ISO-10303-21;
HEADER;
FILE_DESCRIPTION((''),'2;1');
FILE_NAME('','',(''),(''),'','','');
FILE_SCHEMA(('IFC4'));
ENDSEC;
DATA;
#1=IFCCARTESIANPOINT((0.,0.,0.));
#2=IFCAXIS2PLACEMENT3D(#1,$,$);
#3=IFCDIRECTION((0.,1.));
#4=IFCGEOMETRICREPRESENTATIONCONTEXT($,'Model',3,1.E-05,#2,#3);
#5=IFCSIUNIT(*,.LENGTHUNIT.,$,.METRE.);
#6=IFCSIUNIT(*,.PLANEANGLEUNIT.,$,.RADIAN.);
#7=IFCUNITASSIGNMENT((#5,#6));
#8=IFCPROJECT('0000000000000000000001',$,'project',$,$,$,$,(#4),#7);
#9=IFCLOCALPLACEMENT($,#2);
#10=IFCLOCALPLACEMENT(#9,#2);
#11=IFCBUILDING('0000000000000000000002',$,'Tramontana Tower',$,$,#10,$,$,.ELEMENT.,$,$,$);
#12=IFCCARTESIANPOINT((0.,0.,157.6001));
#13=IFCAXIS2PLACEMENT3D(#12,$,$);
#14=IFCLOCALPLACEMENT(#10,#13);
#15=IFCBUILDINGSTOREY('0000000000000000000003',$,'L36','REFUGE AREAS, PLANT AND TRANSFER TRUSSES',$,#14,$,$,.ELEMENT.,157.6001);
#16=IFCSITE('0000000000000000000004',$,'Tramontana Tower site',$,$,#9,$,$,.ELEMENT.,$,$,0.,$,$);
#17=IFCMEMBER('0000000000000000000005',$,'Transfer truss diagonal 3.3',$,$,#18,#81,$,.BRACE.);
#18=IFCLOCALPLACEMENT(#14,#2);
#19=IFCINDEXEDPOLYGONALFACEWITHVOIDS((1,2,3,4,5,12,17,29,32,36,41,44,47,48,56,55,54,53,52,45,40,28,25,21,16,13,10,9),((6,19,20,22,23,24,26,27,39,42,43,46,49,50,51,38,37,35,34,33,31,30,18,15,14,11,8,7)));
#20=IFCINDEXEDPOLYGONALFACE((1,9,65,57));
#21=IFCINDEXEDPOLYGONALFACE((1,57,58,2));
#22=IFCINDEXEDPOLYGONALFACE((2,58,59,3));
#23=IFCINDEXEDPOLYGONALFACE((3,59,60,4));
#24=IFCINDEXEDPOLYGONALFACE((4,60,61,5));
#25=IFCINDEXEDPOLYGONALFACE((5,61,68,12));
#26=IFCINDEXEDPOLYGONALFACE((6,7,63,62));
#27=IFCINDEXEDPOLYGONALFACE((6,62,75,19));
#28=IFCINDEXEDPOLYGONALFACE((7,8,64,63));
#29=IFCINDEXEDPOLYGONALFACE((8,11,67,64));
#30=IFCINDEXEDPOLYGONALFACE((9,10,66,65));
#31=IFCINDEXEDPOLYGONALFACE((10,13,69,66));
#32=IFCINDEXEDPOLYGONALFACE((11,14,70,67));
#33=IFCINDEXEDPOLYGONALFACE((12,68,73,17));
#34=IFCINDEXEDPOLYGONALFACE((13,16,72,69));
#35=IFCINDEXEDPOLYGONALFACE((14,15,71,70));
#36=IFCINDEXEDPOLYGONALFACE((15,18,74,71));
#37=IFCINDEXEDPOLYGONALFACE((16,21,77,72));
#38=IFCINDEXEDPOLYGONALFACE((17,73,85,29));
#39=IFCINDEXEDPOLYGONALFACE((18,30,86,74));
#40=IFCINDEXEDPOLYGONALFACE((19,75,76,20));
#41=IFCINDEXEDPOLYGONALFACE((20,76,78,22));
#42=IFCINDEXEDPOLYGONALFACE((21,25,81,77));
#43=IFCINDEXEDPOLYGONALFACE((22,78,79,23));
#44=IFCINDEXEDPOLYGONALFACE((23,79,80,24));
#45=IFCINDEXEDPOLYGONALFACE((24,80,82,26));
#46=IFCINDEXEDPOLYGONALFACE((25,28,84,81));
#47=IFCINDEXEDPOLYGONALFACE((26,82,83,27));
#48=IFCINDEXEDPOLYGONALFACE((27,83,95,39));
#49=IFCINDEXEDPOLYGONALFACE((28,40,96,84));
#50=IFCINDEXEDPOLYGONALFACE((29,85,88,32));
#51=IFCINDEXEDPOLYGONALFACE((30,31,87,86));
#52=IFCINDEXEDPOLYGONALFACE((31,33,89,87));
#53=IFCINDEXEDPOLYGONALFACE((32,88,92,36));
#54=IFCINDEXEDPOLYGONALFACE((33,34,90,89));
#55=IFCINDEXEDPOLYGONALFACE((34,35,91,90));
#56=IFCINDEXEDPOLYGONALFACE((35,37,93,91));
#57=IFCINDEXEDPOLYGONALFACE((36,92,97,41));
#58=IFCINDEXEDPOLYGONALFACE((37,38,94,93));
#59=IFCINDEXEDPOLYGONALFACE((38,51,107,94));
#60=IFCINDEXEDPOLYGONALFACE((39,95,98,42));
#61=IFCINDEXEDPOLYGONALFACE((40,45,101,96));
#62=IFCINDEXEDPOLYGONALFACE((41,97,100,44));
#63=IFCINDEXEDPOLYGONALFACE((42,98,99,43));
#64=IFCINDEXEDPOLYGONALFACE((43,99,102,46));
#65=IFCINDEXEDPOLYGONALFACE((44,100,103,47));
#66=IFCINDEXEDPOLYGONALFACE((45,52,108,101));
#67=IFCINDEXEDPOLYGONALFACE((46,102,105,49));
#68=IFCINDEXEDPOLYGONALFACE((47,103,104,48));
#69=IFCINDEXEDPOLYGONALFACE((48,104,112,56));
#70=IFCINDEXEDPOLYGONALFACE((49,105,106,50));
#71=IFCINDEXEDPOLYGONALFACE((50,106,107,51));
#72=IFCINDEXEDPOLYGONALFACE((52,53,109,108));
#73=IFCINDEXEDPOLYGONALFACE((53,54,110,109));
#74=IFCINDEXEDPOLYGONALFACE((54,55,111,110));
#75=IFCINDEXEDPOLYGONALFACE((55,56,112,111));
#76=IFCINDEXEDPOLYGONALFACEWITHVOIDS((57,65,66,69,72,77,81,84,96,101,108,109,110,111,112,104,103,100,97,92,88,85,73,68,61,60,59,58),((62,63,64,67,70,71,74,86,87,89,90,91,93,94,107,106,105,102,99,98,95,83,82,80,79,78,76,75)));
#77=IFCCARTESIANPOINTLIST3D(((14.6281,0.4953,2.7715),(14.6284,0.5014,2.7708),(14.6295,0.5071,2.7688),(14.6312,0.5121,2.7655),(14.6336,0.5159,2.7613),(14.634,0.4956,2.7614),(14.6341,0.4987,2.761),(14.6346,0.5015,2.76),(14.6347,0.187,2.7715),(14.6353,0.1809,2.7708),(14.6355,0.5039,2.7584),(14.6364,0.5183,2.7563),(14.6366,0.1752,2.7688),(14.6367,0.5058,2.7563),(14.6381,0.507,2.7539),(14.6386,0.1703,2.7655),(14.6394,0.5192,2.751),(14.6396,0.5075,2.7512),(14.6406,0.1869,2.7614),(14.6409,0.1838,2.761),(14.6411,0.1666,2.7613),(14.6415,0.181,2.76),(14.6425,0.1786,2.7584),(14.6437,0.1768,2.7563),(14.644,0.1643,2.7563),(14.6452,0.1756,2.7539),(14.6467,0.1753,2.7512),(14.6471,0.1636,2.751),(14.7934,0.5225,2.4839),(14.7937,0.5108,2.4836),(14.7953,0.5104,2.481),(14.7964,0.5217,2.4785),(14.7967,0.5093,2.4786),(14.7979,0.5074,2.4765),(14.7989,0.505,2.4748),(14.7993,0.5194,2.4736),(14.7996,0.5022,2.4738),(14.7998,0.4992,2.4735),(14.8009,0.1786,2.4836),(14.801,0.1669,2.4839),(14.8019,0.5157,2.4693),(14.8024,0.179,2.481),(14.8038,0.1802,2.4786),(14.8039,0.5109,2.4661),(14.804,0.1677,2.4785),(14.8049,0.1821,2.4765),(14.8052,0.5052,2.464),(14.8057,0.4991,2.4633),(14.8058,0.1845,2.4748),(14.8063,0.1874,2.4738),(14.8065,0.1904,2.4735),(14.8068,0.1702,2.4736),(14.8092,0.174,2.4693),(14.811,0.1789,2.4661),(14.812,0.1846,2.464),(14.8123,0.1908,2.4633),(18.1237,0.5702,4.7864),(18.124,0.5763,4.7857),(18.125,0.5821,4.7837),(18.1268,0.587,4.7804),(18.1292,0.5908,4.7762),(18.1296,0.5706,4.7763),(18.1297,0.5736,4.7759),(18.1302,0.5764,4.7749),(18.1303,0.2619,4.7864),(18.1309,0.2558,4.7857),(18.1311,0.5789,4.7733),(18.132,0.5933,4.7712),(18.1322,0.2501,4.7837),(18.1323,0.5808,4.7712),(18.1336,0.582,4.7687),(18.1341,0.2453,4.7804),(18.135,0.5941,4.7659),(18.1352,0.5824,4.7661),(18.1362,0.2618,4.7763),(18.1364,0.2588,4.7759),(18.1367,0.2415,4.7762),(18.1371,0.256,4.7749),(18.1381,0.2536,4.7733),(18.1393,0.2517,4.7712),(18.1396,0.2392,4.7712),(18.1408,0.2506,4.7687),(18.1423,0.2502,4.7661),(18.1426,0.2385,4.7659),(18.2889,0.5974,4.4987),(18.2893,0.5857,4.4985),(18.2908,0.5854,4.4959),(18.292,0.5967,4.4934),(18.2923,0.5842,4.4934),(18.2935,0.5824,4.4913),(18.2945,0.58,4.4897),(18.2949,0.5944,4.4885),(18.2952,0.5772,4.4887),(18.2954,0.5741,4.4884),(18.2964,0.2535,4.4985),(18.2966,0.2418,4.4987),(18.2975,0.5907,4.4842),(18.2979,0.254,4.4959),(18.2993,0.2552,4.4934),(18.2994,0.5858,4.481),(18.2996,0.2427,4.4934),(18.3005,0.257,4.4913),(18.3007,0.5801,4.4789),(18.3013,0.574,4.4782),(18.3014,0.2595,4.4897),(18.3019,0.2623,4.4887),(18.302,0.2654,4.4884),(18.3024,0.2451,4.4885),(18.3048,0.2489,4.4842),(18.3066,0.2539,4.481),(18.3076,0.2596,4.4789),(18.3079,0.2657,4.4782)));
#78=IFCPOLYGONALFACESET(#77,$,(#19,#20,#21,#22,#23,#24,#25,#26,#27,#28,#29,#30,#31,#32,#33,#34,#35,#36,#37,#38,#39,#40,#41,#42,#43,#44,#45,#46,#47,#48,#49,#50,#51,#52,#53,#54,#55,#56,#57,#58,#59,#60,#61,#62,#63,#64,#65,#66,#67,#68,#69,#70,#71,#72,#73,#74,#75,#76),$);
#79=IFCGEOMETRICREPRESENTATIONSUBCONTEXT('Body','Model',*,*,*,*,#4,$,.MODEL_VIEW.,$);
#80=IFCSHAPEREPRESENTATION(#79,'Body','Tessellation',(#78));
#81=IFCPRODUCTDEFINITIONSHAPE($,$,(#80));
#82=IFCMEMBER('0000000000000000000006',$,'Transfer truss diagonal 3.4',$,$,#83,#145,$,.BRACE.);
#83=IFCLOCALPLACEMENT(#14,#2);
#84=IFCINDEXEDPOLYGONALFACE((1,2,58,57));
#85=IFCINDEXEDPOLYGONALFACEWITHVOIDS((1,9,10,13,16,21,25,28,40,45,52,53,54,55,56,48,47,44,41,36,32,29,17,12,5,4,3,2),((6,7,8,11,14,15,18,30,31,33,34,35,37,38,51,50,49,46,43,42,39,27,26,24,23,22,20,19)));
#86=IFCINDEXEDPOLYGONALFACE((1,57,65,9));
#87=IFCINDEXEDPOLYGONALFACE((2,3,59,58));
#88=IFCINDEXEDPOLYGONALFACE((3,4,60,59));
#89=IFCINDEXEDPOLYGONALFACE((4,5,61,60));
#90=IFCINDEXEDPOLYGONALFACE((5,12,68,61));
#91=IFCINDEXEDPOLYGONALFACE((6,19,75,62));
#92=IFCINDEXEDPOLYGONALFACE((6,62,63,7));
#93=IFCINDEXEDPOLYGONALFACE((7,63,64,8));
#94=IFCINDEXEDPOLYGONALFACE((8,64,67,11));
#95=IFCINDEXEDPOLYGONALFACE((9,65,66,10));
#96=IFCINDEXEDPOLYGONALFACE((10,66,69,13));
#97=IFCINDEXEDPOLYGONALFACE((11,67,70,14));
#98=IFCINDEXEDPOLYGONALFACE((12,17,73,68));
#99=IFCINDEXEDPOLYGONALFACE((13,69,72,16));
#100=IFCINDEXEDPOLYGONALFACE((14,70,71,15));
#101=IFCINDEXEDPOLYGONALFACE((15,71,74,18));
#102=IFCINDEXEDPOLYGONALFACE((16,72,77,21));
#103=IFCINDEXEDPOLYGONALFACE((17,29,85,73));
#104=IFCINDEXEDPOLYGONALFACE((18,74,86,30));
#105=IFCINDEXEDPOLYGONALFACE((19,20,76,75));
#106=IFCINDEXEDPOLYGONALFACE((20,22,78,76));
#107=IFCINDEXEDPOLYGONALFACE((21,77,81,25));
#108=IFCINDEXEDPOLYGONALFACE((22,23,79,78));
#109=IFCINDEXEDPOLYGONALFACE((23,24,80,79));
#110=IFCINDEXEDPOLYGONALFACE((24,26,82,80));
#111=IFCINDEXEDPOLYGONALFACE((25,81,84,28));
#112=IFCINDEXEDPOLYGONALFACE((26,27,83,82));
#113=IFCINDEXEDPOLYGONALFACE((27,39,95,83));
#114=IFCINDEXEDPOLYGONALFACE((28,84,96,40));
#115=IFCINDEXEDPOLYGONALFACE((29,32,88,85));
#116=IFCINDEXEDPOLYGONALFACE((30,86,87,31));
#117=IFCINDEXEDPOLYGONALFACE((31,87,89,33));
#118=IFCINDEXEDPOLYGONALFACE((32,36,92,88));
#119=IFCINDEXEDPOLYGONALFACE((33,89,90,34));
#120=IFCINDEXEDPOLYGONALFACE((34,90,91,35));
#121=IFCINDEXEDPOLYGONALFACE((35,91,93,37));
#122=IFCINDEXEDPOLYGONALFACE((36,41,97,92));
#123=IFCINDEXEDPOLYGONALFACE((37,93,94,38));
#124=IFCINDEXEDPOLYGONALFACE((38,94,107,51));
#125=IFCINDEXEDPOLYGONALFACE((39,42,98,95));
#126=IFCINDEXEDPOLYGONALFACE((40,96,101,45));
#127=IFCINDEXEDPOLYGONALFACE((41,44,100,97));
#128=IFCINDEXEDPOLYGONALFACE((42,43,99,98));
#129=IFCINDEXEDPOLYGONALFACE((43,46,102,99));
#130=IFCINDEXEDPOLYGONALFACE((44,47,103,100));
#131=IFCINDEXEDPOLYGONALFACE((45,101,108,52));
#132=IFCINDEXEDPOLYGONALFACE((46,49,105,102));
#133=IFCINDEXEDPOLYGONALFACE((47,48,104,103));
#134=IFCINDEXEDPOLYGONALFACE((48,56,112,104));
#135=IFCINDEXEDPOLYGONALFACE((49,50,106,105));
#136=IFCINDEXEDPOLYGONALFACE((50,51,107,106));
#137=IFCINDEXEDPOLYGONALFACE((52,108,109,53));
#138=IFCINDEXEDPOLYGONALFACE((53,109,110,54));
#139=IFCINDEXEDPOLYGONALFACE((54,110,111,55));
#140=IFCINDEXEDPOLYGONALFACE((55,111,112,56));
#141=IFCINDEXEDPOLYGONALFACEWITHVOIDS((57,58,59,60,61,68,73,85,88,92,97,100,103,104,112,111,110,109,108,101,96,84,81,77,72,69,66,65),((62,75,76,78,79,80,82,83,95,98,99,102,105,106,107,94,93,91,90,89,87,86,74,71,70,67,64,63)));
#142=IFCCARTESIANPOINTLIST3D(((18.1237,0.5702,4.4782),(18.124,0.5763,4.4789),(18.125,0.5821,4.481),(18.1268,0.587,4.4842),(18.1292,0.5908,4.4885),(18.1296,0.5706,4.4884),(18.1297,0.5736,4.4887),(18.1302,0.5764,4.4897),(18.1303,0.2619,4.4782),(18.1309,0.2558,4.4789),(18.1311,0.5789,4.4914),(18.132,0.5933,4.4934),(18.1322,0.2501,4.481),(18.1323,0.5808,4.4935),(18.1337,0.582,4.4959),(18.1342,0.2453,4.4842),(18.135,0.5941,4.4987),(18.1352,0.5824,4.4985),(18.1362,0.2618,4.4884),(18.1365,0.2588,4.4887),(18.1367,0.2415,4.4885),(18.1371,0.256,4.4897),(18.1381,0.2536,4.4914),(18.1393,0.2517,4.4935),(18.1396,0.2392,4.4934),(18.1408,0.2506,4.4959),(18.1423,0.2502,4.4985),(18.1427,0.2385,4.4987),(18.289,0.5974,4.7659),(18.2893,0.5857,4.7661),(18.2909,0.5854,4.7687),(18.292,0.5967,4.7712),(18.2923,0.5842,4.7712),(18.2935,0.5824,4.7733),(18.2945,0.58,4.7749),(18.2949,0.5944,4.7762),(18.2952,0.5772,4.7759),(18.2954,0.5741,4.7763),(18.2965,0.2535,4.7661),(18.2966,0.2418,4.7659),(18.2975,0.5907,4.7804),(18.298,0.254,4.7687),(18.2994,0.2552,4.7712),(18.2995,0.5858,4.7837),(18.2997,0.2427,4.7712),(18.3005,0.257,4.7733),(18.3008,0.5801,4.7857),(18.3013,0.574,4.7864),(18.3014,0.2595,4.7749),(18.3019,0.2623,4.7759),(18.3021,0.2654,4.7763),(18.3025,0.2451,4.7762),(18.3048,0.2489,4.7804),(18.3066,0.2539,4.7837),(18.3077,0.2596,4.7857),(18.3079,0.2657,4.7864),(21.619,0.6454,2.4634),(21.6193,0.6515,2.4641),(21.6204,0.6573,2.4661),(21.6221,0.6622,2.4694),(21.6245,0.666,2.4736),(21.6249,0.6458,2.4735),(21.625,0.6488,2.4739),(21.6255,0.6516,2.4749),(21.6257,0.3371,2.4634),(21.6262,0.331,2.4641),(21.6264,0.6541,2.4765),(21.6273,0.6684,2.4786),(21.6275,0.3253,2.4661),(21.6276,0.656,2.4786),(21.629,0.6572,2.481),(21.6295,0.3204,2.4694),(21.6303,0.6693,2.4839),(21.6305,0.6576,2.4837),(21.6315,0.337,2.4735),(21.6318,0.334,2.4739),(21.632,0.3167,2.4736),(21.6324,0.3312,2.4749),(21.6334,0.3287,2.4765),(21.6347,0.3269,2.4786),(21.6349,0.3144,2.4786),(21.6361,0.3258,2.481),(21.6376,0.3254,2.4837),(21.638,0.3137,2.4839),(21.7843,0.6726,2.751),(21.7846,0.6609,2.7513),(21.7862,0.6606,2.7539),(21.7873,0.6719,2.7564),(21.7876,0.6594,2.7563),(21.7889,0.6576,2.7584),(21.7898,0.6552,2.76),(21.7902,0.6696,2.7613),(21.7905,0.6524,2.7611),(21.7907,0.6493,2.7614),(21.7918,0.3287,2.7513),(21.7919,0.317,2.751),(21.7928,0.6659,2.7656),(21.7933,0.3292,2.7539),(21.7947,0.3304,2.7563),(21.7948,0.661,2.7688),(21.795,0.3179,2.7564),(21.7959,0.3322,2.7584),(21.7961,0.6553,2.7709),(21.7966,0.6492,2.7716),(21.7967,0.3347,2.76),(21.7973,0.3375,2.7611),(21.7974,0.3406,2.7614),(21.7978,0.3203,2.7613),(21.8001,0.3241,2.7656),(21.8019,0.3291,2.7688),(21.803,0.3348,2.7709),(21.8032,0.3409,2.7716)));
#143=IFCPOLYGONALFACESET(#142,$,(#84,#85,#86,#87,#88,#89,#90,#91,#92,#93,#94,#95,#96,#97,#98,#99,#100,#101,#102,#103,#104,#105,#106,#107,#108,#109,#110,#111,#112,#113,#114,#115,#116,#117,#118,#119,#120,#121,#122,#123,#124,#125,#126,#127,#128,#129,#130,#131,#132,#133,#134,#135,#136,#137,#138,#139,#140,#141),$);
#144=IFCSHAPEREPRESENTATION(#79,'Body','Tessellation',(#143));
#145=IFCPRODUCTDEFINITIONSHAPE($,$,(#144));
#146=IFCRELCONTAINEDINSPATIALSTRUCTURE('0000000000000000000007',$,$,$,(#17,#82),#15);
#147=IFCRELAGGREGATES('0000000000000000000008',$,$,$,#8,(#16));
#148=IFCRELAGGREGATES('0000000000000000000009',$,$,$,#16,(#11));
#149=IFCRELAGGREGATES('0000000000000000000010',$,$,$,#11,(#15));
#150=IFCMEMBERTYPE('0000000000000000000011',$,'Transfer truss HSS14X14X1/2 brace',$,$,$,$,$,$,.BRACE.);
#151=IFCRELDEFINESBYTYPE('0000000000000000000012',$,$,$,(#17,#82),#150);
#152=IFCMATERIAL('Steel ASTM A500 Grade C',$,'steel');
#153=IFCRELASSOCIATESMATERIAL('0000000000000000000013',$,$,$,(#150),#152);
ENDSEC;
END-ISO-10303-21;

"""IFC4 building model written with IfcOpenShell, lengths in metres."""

from ifc_helpers import new_model, si_unit, direction, frame, origin, origin_2d, place, context, subcontext, project, spatial, hollow_rectangle, extrude, material, material_profile, profile_set, type_object, element, save


model = new_model("IFC4")

# Units and contexts
model_context = context("Model", 3, precision=1e-05, world=origin(), true_north=direction((0.0, 1.0)))
body_context = subcontext(model_context, "Body", "Model", "MODEL_VIEW")
ifc_project = project(units=[si_unit("LENGTHUNIT", "METRE"), si_unit("PLANEANGLEUNIT", "RADIAN")], contexts=[model_context])

# Site, building, storey
site_placement = place(None, origin())
site = spatial("IfcSite", under=ifc_project, at=site_placement, Name="Tramontana Tower site", CompositionType="ELEMENT", RefElevation=0.0)
building_placement = place(site_placement, origin())
building = spatial("IfcBuilding", under=site, at=building_placement, Name="Tramontana Tower", CompositionType="ELEMENT")
storey_placement = place(building_placement, frame((0.0, 0.0, 157.6001)))
storey = spatial("IfcBuildingStorey", under=building, at=storey_placement, Name="L36", Description="REFUGE AREAS, PLANT AND TRANSFER TRUSSES", CompositionType="ELEMENT", Elevation=157.6001)

# Members
ifc_material_1 = material(Name="Steel ASTM A500 Grade C", Category="steel")
ifc_material_profile_1 = material_profile(ifc_material_1, hollow_rectangle(XDim=0.3557, YDim=0.3557, WallThickness=0.0117, InnerFilletRadius=0.0117, OuterFilletRadius=0.0237, at=origin_2d()), Name="HSS14X14X1/2")
ifc_profile_set_1 = profile_set([ifc_material_profile_1], Name="Steel ASTM A500 Grade C")
member_type_1 = type_object("IfcMemberType", Name="Transfer truss HSS14X14X1/2 brace", PredefinedType="BRACE", material=ifc_profile_set_1)
for number, where, z_axis, x_axis, name in (
    (1, (14.7202, 0.343, 2.6174), (0.866229, 0.018573, 0.499301), (-0.021437, 0.99977, 0.0), "Transfer truss diagonal 3.3"),
):
    element("IfcMember", number, at=place(storey_placement, frame(where, z_axis=z_axis, x_axis=x_axis)), inside=storey, type_object=member_type_1, Name=name, PredefinedType="BRACE", context=body_context, shape_type="SweptSolid", body=[
        extrude(hollow_rectangle(XDim=0.3557, YDim=0.3557, WallThickness=0.0117, InnerFilletRadius=0.0117, OuterFilletRadius=0.0237, at=origin_2d()), origin(), (0.0, 0.0, 1.0), 4.0354),
    ])
member_1_placement = place(storey_placement, frame((18.2158, 0.418, 4.6323), z_axis=(0.866213, 0.018635, -0.499327), x_axis=(-0.021508, 0.999769, 0.0)))
element("IfcMember", 2, at=member_1_placement, inside=storey, type_object=member_type_1, Name="Transfer truss diagonal 3.4", PredefinedType="BRACE", context=body_context, shape_type="SweptSolid", body=[
    extrude(hollow_rectangle(XDim=0.3557, YDim=0.3557, WallThickness=0.0117, InnerFilletRadius=0.0117, OuterFilletRadius=0.0237, at=origin_2d()), origin(), (0.0, 0.0, 1.0), 4.0352),
])

save(model, "model.ifc")
